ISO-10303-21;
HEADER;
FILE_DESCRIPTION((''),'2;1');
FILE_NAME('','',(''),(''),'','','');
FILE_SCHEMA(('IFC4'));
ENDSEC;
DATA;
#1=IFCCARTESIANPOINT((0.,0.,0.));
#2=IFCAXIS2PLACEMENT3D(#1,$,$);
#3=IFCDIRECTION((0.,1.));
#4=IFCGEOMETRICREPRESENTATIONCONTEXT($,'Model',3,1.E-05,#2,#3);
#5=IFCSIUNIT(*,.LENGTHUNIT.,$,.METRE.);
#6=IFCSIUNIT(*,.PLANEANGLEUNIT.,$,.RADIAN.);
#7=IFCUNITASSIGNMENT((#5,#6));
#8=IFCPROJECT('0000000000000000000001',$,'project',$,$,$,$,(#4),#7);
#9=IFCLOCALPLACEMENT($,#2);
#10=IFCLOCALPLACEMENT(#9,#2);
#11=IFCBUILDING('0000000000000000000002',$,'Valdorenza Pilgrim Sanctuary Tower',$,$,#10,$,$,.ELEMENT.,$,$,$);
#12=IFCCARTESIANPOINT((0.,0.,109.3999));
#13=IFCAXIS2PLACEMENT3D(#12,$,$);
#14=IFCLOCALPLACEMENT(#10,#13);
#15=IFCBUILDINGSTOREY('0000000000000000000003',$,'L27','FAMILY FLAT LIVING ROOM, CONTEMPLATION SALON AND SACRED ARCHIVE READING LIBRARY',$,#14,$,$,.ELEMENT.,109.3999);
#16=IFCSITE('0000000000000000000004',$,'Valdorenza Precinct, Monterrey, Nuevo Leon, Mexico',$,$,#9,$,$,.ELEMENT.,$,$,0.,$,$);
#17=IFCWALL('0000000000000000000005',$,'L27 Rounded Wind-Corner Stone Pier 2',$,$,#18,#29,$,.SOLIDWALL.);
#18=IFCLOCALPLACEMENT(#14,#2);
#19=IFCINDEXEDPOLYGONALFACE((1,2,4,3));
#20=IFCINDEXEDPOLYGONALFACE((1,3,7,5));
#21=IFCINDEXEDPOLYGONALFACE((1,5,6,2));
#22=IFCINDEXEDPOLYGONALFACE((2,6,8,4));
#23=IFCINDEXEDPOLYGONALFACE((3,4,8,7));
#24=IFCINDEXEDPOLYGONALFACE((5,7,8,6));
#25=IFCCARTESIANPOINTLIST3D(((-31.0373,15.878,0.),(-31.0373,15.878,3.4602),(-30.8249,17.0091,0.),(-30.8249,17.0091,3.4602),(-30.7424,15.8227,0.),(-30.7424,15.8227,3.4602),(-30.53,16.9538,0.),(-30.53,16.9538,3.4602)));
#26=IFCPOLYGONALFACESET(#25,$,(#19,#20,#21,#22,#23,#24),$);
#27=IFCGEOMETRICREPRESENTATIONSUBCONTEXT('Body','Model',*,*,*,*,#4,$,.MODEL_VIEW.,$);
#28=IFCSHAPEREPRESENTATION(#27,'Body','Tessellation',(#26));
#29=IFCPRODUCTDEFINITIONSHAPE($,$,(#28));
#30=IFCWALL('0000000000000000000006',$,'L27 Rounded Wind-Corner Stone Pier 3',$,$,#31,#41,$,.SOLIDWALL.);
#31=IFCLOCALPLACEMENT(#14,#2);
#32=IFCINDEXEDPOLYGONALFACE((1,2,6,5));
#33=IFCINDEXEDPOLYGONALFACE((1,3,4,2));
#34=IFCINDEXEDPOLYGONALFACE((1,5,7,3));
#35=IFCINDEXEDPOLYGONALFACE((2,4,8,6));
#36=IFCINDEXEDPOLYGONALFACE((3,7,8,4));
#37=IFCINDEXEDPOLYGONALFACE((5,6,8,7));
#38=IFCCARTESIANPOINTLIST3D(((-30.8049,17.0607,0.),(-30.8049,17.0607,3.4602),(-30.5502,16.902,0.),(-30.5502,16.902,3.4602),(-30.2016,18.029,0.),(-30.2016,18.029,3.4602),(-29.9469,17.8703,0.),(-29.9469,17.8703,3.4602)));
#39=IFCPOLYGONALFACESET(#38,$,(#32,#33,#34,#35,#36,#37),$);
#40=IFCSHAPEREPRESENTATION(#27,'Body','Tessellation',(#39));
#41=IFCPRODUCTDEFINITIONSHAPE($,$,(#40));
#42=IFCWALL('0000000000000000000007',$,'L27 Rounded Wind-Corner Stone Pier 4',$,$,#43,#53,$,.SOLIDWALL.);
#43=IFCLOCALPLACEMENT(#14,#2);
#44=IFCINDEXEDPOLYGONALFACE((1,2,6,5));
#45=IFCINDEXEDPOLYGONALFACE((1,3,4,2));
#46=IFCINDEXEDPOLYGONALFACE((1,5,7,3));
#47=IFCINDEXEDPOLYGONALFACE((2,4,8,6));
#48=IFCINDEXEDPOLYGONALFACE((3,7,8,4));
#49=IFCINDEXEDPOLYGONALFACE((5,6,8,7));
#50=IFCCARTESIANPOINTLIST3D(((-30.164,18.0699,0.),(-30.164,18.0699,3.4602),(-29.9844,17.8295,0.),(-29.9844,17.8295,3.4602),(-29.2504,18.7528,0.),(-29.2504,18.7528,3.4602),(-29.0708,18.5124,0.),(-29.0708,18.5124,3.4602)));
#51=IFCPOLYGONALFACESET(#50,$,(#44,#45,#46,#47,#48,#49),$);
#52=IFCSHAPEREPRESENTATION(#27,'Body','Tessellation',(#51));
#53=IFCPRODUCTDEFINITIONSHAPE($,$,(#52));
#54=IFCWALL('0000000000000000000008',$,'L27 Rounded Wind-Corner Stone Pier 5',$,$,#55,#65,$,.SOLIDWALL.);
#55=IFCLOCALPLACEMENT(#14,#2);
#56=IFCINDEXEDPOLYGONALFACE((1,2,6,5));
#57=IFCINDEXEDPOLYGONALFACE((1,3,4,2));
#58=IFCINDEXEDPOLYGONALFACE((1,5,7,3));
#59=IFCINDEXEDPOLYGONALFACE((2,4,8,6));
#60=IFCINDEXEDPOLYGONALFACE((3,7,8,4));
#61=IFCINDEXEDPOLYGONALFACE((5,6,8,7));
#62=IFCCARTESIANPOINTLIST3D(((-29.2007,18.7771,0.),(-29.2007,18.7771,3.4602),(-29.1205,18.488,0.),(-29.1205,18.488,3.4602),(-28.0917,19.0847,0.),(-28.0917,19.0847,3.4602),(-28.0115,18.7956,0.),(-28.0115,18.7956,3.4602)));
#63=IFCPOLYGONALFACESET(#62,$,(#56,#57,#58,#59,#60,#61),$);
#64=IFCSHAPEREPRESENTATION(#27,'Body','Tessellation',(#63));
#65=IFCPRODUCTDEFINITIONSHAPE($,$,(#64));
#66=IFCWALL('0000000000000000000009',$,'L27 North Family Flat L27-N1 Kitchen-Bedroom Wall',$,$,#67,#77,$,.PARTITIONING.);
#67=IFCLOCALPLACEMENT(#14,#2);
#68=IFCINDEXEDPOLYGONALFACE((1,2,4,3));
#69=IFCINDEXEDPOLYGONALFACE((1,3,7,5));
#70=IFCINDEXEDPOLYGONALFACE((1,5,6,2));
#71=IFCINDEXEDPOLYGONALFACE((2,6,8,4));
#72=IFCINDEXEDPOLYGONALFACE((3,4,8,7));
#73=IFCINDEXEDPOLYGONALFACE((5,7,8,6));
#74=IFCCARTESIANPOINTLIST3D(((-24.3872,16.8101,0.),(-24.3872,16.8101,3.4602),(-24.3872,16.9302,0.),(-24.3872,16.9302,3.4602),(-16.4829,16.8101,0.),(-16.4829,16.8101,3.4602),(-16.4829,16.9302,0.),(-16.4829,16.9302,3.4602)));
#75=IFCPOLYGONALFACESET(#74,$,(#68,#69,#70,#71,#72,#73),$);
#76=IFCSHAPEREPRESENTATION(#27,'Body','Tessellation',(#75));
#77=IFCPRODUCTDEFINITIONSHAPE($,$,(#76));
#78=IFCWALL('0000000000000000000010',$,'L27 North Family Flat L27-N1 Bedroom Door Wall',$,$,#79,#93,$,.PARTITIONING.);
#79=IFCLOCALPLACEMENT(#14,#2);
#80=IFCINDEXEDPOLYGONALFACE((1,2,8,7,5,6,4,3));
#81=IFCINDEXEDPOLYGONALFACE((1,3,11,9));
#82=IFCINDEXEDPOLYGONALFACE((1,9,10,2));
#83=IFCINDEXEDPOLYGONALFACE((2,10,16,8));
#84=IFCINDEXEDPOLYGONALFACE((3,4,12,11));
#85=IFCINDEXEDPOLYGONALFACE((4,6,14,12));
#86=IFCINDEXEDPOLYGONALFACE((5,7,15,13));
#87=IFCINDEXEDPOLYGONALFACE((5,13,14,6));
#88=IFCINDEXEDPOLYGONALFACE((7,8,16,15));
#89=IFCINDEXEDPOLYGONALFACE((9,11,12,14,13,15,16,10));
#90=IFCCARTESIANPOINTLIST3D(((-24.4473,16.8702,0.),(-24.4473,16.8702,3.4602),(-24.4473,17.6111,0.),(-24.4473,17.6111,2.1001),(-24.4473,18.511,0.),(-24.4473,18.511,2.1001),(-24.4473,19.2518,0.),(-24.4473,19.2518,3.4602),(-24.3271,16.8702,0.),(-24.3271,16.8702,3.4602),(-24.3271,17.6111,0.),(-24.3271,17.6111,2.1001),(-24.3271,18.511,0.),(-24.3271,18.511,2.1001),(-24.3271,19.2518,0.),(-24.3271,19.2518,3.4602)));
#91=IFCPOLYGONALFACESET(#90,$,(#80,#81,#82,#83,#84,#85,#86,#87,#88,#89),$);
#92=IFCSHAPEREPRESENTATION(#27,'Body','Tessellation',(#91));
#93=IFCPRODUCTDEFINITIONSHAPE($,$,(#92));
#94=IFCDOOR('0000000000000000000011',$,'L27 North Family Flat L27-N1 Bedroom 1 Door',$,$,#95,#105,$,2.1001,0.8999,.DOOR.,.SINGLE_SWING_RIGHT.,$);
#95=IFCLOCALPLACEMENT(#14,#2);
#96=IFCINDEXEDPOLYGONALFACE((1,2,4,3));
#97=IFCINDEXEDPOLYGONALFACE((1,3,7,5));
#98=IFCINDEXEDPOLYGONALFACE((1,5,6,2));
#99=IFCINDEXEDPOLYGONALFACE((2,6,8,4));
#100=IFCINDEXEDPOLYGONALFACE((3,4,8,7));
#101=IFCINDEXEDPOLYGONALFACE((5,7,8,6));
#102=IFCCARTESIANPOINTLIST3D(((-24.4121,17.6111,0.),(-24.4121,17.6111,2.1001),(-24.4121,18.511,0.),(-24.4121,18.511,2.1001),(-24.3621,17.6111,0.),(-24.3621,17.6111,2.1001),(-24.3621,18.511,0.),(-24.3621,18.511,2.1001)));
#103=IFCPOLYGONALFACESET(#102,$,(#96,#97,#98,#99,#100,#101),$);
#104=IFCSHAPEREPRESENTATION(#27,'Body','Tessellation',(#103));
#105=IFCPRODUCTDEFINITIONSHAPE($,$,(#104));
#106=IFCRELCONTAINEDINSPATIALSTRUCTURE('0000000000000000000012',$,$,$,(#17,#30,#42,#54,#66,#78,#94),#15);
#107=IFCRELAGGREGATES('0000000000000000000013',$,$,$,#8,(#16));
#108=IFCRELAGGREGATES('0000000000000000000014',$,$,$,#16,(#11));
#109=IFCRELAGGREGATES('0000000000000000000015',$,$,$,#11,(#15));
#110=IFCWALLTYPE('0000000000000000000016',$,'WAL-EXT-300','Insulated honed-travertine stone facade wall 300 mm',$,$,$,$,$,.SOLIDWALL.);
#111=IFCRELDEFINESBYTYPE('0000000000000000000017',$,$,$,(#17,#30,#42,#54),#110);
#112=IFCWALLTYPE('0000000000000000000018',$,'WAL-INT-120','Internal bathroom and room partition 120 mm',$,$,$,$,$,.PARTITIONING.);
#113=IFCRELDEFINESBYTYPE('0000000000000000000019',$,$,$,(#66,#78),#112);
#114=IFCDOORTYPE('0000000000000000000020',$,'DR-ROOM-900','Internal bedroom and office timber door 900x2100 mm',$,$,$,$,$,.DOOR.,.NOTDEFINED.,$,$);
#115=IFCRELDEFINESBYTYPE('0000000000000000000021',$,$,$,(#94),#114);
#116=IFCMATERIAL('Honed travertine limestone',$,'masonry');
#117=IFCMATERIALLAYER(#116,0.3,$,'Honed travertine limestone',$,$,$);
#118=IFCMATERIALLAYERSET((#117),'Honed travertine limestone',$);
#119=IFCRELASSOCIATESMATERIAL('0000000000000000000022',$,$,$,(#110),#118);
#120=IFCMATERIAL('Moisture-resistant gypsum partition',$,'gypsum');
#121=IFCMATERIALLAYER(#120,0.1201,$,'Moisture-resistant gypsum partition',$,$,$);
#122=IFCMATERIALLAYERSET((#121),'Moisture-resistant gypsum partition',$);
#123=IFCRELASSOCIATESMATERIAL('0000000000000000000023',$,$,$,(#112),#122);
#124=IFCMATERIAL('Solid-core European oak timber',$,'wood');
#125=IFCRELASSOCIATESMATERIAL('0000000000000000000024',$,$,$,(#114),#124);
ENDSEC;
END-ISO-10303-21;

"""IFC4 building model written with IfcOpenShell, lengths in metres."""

from ifc_helpers import new_model, si_unit, direction, frame, frame_2d, origin, place, context, subcontext, project, spatial, rectangle, extrude, material, layer, layer_set, type_object, element, fill, save


model = new_model("IFC4")

# Units and contexts
model_context = context("Model", 3, precision=1e-05, world=origin(), true_north=direction((0.0, 1.0)))
body_context = subcontext(model_context, "Body", "Model", "MODEL_VIEW")
ifc_project = project(units=[si_unit("LENGTHUNIT", "METRE"), si_unit("PLANEANGLEUNIT", "RADIAN")], contexts=[model_context])

# Site, building, storey
site_placement = place(None, origin())
site = spatial("IfcSite", under=ifc_project, at=site_placement, Name="Valdorenza Precinct, Monterrey, Nuevo Leon, Mexico", CompositionType="ELEMENT", RefElevation=0.0)
building_placement = place(site_placement, origin())
building = spatial("IfcBuilding", under=site, at=building_placement, Name="Valdorenza Pilgrim Sanctuary Tower", CompositionType="ELEMENT")
storey_placement = place(building_placement, frame((0.0, 0.0, 109.3999)))
storey = spatial("IfcBuildingStorey", under=building, at=storey_placement, Name="L27", Description="FAMILY FLAT LIVING ROOM, CONTEMPLATION SALON AND SACRED ARCHIVE READING LIBRARY", CompositionType="ELEMENT", Elevation=109.3999)

# Shared definitions
ifc_material_1 = material(Name="Honed travertine limestone", Category="masonry")

# Walls
ifc_layer_1 = layer(ifc_material_1, 0.3, Name="Honed travertine limestone")
ifc_layer_set_1 = layer_set([ifc_layer_1], Name="Honed travertine limestone")
wall_type_1 = type_object("IfcWallType", Name="WAL-EXT-300", Description="Insulated honed-travertine stone facade wall 300 mm", PredefinedType="SOLIDWALL", material=ifc_layer_set_1)
wall_1_placement = place(storey_placement, frame((-30.8899, 15.8503, 0.0), z_axis=(0.0, 0.0, 1.0), x_axis=(0.184557, 0.982822, 0.0)))
element("IfcWall", 1, at=wall_1_placement, inside=storey, type_object=wall_type_1, Name="L27 Rounded Wind-Corner Stone Pier 2", PredefinedType="SOLIDWALL", context=body_context, shape_type="SweptSolid", body=[
    extrude(rectangle(XDim=1.1509, YDim=0.3, at=frame_2d((0.5754, 0.0))), origin(), (0.0, 0.0, 1.0), 3.4602),
])
wall_2_placement = place(storey_placement, frame((-30.6775, 16.9814, 0.0), z_axis=(0.0, 0.0, 1.0), x_axis=(0.528806, 0.848743, 0.0)))
element("IfcWall", 2, at=wall_2_placement, inside=storey, type_object=wall_type_1, Name="L27 Rounded Wind-Corner Stone Pier 3", PredefinedType="SOLIDWALL", context=body_context, shape_type="SweptSolid", body=[
    extrude(rectangle(XDim=1.1409, YDim=0.3, at=frame_2d((0.5703, 0.0))), origin(), (0.0, 0.0, 1.0), 3.4602),
])
wall_3_placement = place(storey_placement, frame((-30.0742, 17.9497, 0.0), z_axis=(0.0, 0.0, 1.0), x_axis=(0.800975, 0.598698, 0.0)))
element("IfcWall", 3, at=wall_3_placement, inside=storey, type_object=wall_type_1, Name="L27 Rounded Wind-Corner Stone Pier 4", PredefinedType="SOLIDWALL", context=body_context, shape_type="SweptSolid", body=[
    extrude(rectangle(XDim=1.1406, YDim=0.3, at=frame_2d((0.5703, 0.0))), origin(), (0.0, 0.0, 1.0), 3.4602),
])
wall_4_placement = place(storey_placement, frame((-29.1606, 18.6326, 0.0), z_axis=(0.0, 0.0, 1.0), x_axis=(0.963624, 0.267261, 0.0)))
element("IfcWall", 4, at=wall_4_placement, inside=storey, type_object=wall_type_1, Name="L27 Rounded Wind-Corner Stone Pier 5", PredefinedType="SOLIDWALL", context=body_context, shape_type="SweptSolid", body=[
    extrude(rectangle(XDim=1.1509, YDim=0.3, at=frame_2d((0.5754, 0.0))), origin(), (0.0, 0.0, 1.0), 3.4602),
])
ifc_material_2 = material(Name="Moisture-resistant gypsum partition", Category="gypsum")
ifc_layer_2 = layer(ifc_material_2, 0.1201, Name="Moisture-resistant gypsum partition")
ifc_layer_set_2 = layer_set([ifc_layer_2], Name="Moisture-resistant gypsum partition")
wall_type_2 = type_object("IfcWallType", Name="WAL-INT-120", Description="Internal bathroom and room partition 120 mm", PredefinedType="PARTITIONING", material=ifc_layer_set_2)
wall_5_placement = place(storey_placement, frame((-24.3872, 16.8701, 0.0), z_axis=(0.0, 0.0, 1.0), x_axis=(1.0, 0.0, 0.0)))
element("IfcWall", 5, at=wall_5_placement, inside=storey, type_object=wall_type_2, Name="L27 North Family Flat L27-N1 Kitchen-Bedroom Wall", PredefinedType="PARTITIONING", context=body_context, shape_type="SweptSolid", body=[
    extrude(rectangle(XDim=7.9043, YDim=0.1201, at=frame_2d((3.9521, 0.0))), origin(), (0.0, 0.0, 1.0), 3.4602),
])

# Wall, opening, door
wall_6_placement = place(storey_placement, frame((-24.3872, 16.8701, 0.0), z_axis=(0.0, 0.0, 1.0), x_axis=(0.0, 1.0, 0.0)))
wall_6 = element("IfcWall", 6, at=wall_6_placement, inside=storey, type_object=wall_type_2, Name="L27 North Family Flat L27-N1 Bedroom Door Wall", PredefinedType="PARTITIONING", context=body_context, shape_type="SweptSolid", body=[
    extrude(rectangle(XDim=2.3816, YDim=0.1201, at=frame_2d((1.1909, 0.0))), origin(), (0.0, 0.0, 1.0), 3.4602),
])
opening_placement = place(wall_6_placement, frame((0.741, 0.0, 0.0)))
opening = element("IfcOpeningElement", 7, at=opening_placement, cuts=wall_6, PredefinedType="OPENING", context=body_context, shape_type="SweptSolid", body=[
    extrude(rectangle(XDim=0.8999, YDim=2.1001, at=frame_2d((0.45, 1.05))), frame((0.0, 0.075, 0.0), z_axis=(0.0, -1.0, 0.0), x_axis=(1.0, 0.0, 0.0)), (0.0, 0.0, 1.0), 0.1499),
])
ifc_material_3 = material(Name="Solid-core European oak timber", Category="wood")
door_type = type_object("IfcDoorType", Name="DR-ROOM-900", Description="Internal bedroom and office timber door 900x2100 mm", OperationType="NOTDEFINED", PredefinedType="DOOR", material=ifc_material_3)
door_placement = place(opening_placement, origin())
door = element("IfcDoor", 8, at=door_placement, inside=storey, type_object=door_type, Name="L27 North Family Flat L27-N1 Bedroom 1 Door", OperationType="SINGLE_SWING_RIGHT", OverallHeight=2.1001, OverallWidth=0.8999, PredefinedType="DOOR", context=body_context, shape_type="SweptSolid", body=[
    extrude(rectangle(XDim=0.8999, YDim=2.1001, at=frame_2d((0.45, 1.05))), frame((0.0, 0.0249, 0.0), z_axis=(0.0, -1.0, 0.0), x_axis=(1.0, 0.0, 0.0)), (0.0, 0.0, 1.0), 0.05),
])
fill(opening, door)

save(model, "model.ifc")
